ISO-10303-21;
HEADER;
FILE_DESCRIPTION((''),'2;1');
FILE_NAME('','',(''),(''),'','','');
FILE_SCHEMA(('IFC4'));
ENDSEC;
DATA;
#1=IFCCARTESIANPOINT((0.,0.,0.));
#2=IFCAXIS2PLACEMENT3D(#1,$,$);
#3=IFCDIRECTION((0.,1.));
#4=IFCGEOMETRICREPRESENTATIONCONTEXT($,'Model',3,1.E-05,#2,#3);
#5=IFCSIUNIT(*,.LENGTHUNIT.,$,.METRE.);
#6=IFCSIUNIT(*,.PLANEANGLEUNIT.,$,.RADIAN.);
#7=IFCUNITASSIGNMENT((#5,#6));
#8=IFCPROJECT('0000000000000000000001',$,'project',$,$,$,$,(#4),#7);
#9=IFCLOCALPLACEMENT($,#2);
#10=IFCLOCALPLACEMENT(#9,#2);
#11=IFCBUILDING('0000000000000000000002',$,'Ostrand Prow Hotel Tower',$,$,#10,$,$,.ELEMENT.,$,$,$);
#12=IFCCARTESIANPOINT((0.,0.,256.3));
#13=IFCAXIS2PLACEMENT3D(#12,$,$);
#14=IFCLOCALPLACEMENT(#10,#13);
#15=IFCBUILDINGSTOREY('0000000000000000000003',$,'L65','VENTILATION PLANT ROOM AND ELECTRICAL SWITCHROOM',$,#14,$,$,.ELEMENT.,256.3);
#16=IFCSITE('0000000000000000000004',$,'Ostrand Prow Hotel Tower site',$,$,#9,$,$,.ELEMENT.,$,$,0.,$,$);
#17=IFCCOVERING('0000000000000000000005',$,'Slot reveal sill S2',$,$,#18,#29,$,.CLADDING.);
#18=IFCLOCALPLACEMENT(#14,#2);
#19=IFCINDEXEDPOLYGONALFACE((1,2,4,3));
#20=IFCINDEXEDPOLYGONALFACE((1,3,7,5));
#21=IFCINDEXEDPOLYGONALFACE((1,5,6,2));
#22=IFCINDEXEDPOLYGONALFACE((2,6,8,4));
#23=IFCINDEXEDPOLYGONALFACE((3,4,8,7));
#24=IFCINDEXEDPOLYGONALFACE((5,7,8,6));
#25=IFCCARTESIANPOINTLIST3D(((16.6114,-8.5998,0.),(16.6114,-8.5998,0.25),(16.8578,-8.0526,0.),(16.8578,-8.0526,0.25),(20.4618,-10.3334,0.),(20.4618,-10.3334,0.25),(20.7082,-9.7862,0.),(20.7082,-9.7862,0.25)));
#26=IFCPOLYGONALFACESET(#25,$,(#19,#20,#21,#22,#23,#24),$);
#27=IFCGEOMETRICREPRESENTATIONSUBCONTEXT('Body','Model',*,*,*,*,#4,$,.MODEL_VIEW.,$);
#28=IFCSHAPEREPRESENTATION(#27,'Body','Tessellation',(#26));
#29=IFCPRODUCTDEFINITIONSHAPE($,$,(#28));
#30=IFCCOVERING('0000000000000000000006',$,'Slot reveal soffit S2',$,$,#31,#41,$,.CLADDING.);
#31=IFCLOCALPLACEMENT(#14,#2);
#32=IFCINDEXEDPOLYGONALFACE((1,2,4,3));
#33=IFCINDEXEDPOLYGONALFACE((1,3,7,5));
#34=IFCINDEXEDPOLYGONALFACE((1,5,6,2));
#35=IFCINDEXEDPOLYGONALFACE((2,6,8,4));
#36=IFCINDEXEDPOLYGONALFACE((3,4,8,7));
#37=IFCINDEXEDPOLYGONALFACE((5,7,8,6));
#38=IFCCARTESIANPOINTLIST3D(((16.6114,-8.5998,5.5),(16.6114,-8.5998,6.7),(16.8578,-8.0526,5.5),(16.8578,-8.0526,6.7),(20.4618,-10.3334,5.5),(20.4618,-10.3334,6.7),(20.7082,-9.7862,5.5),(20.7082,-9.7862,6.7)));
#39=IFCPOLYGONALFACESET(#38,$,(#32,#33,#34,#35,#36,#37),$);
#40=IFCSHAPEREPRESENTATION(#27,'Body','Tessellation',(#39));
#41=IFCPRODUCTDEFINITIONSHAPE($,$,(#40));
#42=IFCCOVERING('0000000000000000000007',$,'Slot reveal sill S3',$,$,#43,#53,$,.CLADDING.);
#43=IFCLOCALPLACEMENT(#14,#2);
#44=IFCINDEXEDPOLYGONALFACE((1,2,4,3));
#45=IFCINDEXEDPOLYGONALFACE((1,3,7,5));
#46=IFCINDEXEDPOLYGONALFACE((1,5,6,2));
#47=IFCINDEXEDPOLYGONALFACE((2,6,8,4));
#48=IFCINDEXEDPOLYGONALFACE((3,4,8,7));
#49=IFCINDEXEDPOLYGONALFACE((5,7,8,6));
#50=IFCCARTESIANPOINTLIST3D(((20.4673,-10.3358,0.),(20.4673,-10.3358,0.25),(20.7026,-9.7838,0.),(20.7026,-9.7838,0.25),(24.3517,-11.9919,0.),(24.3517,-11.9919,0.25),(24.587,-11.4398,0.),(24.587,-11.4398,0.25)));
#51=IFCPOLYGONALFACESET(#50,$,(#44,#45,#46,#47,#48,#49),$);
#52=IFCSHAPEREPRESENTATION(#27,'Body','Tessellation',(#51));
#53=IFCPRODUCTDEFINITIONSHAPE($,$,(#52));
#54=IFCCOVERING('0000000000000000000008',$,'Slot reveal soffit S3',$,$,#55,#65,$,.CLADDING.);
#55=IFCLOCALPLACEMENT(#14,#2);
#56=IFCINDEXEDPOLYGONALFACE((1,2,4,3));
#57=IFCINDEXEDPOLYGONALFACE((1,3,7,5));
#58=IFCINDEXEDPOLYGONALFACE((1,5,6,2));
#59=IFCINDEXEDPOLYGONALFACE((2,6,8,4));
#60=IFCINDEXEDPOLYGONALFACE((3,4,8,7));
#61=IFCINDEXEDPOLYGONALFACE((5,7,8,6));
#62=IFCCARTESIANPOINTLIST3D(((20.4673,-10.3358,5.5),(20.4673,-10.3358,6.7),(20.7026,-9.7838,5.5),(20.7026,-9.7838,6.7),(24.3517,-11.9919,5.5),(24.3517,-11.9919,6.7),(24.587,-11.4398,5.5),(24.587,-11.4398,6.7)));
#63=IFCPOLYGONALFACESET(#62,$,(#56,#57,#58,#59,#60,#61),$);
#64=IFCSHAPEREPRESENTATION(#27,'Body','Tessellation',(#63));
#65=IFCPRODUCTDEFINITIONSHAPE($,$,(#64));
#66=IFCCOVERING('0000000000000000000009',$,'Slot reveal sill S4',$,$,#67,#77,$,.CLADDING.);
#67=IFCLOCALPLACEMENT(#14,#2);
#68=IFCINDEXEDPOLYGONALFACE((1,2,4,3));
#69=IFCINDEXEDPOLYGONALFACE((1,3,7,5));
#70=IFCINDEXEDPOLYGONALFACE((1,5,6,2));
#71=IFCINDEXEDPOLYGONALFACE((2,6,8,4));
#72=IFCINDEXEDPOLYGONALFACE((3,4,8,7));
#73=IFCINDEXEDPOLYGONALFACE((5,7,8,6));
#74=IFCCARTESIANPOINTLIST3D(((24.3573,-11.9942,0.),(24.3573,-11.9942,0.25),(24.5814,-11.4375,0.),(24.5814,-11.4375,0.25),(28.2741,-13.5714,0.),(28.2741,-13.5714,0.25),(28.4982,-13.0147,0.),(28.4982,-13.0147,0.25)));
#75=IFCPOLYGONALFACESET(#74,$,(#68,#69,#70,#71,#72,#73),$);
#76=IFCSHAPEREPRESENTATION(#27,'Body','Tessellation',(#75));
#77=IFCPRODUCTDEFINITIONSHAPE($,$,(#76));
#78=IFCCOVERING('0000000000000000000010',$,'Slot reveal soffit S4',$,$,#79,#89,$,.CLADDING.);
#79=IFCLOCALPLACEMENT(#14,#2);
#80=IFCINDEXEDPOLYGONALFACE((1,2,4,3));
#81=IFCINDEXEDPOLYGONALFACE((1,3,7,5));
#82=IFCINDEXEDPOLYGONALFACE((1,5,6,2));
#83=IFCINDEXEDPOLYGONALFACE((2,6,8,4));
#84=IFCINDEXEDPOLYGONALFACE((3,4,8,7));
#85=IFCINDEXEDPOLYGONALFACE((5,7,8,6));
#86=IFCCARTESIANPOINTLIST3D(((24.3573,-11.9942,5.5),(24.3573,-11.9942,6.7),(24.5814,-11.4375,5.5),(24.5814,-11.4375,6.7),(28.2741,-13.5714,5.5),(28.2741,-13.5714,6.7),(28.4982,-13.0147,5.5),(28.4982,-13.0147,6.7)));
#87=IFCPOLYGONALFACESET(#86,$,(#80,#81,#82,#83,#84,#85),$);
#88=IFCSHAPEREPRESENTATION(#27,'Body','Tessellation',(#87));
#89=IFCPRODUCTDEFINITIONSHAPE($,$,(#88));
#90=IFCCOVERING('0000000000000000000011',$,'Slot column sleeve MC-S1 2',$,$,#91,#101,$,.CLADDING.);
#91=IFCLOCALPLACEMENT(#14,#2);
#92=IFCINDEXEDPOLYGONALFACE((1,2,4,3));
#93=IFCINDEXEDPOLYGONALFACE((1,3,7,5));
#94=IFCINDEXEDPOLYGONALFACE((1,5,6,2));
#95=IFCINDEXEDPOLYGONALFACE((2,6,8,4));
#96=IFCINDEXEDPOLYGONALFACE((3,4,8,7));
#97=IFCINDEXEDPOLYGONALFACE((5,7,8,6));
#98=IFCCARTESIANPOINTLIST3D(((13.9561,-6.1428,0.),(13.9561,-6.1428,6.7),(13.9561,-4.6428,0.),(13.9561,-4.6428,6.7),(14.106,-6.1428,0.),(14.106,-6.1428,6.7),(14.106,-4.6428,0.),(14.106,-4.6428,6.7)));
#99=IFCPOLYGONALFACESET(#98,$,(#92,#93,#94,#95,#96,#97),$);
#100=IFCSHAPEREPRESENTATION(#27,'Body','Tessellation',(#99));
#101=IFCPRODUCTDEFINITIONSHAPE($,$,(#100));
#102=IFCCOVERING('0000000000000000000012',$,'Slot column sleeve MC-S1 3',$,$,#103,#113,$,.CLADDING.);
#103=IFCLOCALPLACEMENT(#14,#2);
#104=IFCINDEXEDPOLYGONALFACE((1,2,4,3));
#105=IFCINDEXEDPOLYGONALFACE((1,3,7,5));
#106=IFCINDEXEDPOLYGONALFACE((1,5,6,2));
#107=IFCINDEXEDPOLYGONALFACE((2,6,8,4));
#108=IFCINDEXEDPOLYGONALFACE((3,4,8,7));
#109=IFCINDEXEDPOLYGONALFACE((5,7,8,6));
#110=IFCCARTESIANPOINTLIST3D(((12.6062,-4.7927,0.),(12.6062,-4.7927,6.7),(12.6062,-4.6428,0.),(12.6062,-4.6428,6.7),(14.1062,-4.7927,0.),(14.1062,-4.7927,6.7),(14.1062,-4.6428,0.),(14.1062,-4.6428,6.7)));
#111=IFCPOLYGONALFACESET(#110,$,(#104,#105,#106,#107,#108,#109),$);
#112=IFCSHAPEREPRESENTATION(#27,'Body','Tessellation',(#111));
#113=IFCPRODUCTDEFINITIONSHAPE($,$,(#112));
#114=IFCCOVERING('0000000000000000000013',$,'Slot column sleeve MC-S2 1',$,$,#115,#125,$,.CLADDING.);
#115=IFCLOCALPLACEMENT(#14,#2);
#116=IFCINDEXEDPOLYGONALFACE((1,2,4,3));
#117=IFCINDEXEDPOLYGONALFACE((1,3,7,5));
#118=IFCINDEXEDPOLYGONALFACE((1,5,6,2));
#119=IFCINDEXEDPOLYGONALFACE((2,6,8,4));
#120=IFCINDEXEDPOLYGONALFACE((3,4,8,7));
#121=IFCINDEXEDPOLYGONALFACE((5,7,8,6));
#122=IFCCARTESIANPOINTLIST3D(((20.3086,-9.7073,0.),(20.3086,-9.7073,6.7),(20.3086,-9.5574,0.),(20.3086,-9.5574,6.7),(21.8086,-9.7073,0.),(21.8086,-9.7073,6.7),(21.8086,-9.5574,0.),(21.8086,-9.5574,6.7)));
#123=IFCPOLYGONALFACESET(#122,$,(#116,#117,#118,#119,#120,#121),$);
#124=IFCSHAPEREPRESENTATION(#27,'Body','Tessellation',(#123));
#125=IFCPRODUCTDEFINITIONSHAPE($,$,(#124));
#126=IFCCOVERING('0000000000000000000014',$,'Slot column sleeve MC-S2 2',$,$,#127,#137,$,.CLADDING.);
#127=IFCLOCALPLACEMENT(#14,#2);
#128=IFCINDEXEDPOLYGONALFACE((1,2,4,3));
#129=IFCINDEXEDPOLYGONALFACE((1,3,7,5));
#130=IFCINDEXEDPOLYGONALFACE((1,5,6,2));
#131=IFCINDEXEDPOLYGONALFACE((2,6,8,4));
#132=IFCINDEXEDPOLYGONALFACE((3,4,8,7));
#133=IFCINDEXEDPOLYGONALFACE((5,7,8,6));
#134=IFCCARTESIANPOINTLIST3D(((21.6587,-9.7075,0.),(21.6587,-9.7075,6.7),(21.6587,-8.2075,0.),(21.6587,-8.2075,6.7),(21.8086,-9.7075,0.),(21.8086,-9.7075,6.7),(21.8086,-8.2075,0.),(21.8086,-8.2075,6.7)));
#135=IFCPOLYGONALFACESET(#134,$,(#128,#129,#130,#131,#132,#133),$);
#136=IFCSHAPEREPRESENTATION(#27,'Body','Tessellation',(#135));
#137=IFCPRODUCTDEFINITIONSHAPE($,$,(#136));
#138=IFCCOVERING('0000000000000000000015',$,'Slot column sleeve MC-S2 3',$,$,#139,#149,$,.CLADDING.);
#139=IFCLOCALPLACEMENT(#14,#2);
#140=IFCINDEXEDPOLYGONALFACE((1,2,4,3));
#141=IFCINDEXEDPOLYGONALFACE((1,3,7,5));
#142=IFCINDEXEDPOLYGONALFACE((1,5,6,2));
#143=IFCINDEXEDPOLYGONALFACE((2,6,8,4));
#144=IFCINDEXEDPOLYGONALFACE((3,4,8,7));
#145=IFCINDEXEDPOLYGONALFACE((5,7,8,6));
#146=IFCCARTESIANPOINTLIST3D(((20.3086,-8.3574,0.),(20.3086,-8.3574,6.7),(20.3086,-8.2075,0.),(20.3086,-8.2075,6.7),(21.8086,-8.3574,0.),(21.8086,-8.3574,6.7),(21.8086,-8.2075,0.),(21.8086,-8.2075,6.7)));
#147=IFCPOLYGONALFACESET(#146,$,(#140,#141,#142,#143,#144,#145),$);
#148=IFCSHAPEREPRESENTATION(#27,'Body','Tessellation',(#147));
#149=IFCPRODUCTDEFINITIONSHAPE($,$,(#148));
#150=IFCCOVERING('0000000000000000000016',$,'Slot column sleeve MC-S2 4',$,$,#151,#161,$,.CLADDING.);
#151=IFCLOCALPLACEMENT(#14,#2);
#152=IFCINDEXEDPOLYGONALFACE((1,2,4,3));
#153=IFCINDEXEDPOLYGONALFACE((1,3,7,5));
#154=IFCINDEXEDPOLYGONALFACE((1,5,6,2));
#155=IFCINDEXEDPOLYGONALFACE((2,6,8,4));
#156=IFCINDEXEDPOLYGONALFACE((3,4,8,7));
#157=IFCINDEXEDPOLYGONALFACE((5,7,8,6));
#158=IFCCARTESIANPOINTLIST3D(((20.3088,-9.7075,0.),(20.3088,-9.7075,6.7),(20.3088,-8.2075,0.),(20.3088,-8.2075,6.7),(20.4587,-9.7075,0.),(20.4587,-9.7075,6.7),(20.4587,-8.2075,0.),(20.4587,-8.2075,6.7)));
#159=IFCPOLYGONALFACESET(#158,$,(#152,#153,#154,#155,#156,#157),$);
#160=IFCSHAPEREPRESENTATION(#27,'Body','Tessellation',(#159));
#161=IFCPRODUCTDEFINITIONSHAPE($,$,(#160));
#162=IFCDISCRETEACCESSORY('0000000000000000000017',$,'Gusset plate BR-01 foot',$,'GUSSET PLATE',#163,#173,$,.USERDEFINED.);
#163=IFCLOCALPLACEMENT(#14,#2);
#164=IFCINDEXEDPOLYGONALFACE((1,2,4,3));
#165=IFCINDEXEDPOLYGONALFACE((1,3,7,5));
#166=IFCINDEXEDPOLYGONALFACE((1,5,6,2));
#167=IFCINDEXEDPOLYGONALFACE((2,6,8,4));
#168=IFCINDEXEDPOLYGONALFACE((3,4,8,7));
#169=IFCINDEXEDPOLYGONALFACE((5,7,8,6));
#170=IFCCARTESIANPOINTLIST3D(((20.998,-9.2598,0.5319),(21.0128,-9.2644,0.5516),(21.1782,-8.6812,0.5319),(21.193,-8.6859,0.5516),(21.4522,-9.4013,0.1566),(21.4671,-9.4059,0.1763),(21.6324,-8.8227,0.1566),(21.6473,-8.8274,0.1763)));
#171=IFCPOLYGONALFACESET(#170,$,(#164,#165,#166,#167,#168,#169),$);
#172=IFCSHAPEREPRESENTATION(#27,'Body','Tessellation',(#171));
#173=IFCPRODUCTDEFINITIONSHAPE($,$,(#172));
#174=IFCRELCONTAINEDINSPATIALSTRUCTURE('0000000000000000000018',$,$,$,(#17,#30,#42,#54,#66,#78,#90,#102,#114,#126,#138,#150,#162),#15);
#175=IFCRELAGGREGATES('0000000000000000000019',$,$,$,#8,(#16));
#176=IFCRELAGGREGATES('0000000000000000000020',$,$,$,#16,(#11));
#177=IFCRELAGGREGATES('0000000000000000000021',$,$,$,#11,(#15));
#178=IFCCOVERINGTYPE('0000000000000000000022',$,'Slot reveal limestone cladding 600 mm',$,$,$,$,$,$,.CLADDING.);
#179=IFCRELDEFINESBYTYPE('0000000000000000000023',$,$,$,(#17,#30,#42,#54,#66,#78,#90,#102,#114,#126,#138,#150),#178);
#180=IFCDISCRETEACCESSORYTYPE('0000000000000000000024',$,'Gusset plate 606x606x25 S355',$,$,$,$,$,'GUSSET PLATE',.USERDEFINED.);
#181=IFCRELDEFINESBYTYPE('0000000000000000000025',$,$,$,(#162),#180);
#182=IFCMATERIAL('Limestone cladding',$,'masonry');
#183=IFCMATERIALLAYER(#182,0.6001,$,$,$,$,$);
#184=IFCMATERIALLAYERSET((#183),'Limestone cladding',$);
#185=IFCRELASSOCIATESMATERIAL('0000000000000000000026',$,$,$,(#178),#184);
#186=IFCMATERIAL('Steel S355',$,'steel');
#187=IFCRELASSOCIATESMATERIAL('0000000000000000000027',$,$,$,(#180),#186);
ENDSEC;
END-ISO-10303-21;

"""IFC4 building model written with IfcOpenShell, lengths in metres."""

from ifc_helpers import new_model, si_unit, direction, frame, frame_2d, origin, origin_2d, place, context, subcontext, project, spatial, rectangle, extrude, material, layer, layer_set, material_profile, profile_set, type_object, element, save


model = new_model("IFC4")

# Units and contexts
model_context = context("Model", 3, precision=1e-05, world=origin(), true_north=direction((0.0, 1.0)))
body_context = subcontext(model_context, "Body", "Model", "MODEL_VIEW")
ifc_project = project(units=[si_unit("LENGTHUNIT", "METRE"), si_unit("PLANEANGLEUNIT", "RADIAN")], contexts=[model_context])

# Site, building, storey
site_placement = place(None, origin())
site = spatial("IfcSite", under=ifc_project, at=site_placement, Name="Ostrand Prow Hotel Tower site", CompositionType="ELEMENT", RefElevation=0.0)
building_placement = place(site_placement, origin())
building = spatial("IfcBuilding", under=site, at=building_placement, Name="Ostrand Prow Hotel Tower", CompositionType="ELEMENT")
storey_placement = place(building_placement, frame((0.0, 0.0, 256.3)))
storey = spatial("IfcBuildingStorey", under=building, at=storey_placement, Name="L65", Description="VENTILATION PLANT ROOM AND ELECTRICAL SWITCHROOM", CompositionType="ELEMENT", Elevation=256.3)

# Coverings
ifc_material_1 = material(Name="Limestone cladding", Category="masonry")
ifc_layer_1 = layer(ifc_material_1, 0.6001)
ifc_layer_set_1 = layer_set([ifc_layer_1], Name="Limestone cladding")
covering_type_1 = type_object("IfcCoveringType", Name="Slot reveal limestone cladding 600 mm", PredefinedType="CLADDING", material=ifc_layer_set_1)
covering_1_placement = place(storey_placement, frame((16.7346, -8.3262, 0.0), z_axis=(0.0, 0.0, 1.0), x_axis=(0.911834, -0.410559, 0.0)))
element("IfcCovering", 1, at=covering_1_placement, inside=storey, type_object=covering_type_1, Name="Slot reveal sill S2", PredefinedType="CLADDING", context=body_context, shape_type="SweptSolid", body=[
    extrude(rectangle(XDim=4.2227, YDim=0.6001, at=frame_2d((2.1113, 0.0))), origin(), (0.0, 0.0, 1.0), 0.25),
])
covering_2_placement = place(storey_placement, frame((16.7346, -8.3262, 5.5), z_axis=(0.0, 0.0, 1.0), x_axis=(0.911834, -0.410559, 0.0)))
element("IfcCovering", 2, at=covering_2_placement, inside=storey, type_object=covering_type_1, Name="Slot reveal soffit S2", PredefinedType="CLADDING", context=body_context, shape_type="SweptSolid", body=[
    extrude(rectangle(XDim=4.2227, YDim=0.6001, at=frame_2d((2.1113, 0.0))), origin(), (0.0, 0.0, 1.0), 1.2),
])
covering_3_placement = place(storey_placement, frame((20.585, -10.0598, 0.0), z_axis=(0.0, 0.0, 1.0), x_axis=(0.919888, -0.392181, 0.0)))
element("IfcCovering", 3, at=covering_3_placement, inside=storey, type_object=covering_type_1, Name="Slot reveal sill S3", PredefinedType="CLADDING", context=body_context, shape_type="SweptSolid", body=[
    extrude(rectangle(XDim=4.2227, YDim=0.6001, at=frame_2d((2.1113, 0.0))), origin(), (0.0, 0.0, 1.0), 0.25),
])
covering_4_placement = place(storey_placement, frame((20.585, -10.0598, 5.5), z_axis=(0.0, 0.0, 1.0), x_axis=(0.919888, -0.392181, 0.0)))
element("IfcCovering", 4, at=covering_4_placement, inside=storey, type_object=covering_type_1, Name="Slot reveal soffit S3", PredefinedType="CLADDING", context=body_context, shape_type="SweptSolid", body=[
    extrude(rectangle(XDim=4.2227, YDim=0.6001, at=frame_2d((2.1113, 0.0))), origin(), (0.0, 0.0, 1.0), 1.2),
])
covering_5_placement = place(storey_placement, frame((24.4692, -11.7158, 0.0), z_axis=(0.0, 0.0, 1.0), x_axis=(0.927621, -0.373523, 0.0)))
element("IfcCovering", 5, at=covering_5_placement, inside=storey, type_object=covering_type_1, Name="Slot reveal sill S4", PredefinedType="CLADDING", context=body_context, shape_type="SweptSolid", body=[
    extrude(rectangle(XDim=4.2224, YDim=0.6001, at=frame_2d((2.1113, 0.0))), origin(), (0.0, 0.0, 1.0), 0.25),
])
covering_6_placement = place(storey_placement, frame((24.4692, -11.7158, 5.5), z_axis=(0.0, 0.0, 1.0), x_axis=(0.927621, -0.373523, 0.0)))
element("IfcCovering", 6, at=covering_6_placement, inside=storey, type_object=covering_type_1, Name="Slot reveal soffit S4", PredefinedType="CLADDING", context=body_context, shape_type="SweptSolid", body=[
    extrude(rectangle(XDim=4.2224, YDim=0.6001, at=frame_2d((2.1113, 0.0))), origin(), (0.0, 0.0, 1.0), 1.2),
])
for number, where, z_axis, x_axis, name in (
    (7, (14.031, -6.1428, 0.0), (0.0, 0.0, 1.0), (0.0, 1.0, 0.0), "Slot column sleeve MC-S1 2"),
    (8, (14.1062, -4.7178, 0.0), (0.0, 0.0, 1.0), (-1.0, 0.0, 0.0), "Slot column sleeve MC-S1 3"),
    (9, (20.3086, -9.6323, 0.0), (0.0, 0.0, 1.0), (1.0, 0.0, 0.0), "Slot column sleeve MC-S2 1"),
    (10, (21.7336, -9.7075, 0.0), (0.0, 0.0, 1.0), (0.0, 1.0, 0.0), "Slot column sleeve MC-S2 2"),
    (11, (21.8086, -8.2825, 0.0), (0.0, 0.0, 1.0), (-1.0, 0.0, 0.0), "Slot column sleeve MC-S2 3"),
    (12, (20.3838, -8.2075, 0.0), (0.0, 0.0, 1.0), (0.0, -1.0, 0.0), "Slot column sleeve MC-S2 4"),
):
    element("IfcCovering", number, at=place(storey_placement, frame(where, z_axis=z_axis, x_axis=x_axis)), inside=storey, type_object=covering_type_1, Name=name, PredefinedType="CLADDING", context=body_context, shape_type="SweptSolid", body=[
        extrude(rectangle(XDim=1.5, YDim=0.1499, at=frame_2d((0.75, 0.0))), origin(), (0.0, 0.0, 1.0), 6.7),
    ])

# Discrete accessory
ifc_material_2 = material(Name="Steel S355", Category="steel")
ifc_material_profile_1 = material_profile(ifc_material_2, rectangle(XDim=0.606, YDim=0.606, at=origin_2d()), Name="PL 606x606x25")
ifc_profile_set_1 = profile_set([ifc_material_profile_1], Name="Steel S355")
discrete_accessory_type = type_object("IfcDiscreteAccessoryType", Name="Gusset plate 606x606x25 S355", ElementType="GUSSET PLATE", PredefinedType="USERDEFINED", material=ifc_profile_set_1)
discrete_accessory_placement = place(storey_placement, frame((21.3152, -9.0413, 0.3442), z_axis=(0.591286, -0.184171, 0.785151), x_axis=(0.297384, 0.954758, 0.0)))
element("IfcDiscreteAccessory", 13, at=discrete_accessory_placement, inside=storey, type_object=discrete_accessory_type, Name="Gusset plate BR-01 foot", ObjectType="GUSSET PLATE", PredefinedType="USERDEFINED", context=body_context, shape_type="SweptSolid", body=[
    extrude(rectangle(XDim=0.606, YDim=0.606, at=origin_2d()), origin(), (0.0, 0.0, 1.0), 0.0251),
])

save(model, "model.ifc")
